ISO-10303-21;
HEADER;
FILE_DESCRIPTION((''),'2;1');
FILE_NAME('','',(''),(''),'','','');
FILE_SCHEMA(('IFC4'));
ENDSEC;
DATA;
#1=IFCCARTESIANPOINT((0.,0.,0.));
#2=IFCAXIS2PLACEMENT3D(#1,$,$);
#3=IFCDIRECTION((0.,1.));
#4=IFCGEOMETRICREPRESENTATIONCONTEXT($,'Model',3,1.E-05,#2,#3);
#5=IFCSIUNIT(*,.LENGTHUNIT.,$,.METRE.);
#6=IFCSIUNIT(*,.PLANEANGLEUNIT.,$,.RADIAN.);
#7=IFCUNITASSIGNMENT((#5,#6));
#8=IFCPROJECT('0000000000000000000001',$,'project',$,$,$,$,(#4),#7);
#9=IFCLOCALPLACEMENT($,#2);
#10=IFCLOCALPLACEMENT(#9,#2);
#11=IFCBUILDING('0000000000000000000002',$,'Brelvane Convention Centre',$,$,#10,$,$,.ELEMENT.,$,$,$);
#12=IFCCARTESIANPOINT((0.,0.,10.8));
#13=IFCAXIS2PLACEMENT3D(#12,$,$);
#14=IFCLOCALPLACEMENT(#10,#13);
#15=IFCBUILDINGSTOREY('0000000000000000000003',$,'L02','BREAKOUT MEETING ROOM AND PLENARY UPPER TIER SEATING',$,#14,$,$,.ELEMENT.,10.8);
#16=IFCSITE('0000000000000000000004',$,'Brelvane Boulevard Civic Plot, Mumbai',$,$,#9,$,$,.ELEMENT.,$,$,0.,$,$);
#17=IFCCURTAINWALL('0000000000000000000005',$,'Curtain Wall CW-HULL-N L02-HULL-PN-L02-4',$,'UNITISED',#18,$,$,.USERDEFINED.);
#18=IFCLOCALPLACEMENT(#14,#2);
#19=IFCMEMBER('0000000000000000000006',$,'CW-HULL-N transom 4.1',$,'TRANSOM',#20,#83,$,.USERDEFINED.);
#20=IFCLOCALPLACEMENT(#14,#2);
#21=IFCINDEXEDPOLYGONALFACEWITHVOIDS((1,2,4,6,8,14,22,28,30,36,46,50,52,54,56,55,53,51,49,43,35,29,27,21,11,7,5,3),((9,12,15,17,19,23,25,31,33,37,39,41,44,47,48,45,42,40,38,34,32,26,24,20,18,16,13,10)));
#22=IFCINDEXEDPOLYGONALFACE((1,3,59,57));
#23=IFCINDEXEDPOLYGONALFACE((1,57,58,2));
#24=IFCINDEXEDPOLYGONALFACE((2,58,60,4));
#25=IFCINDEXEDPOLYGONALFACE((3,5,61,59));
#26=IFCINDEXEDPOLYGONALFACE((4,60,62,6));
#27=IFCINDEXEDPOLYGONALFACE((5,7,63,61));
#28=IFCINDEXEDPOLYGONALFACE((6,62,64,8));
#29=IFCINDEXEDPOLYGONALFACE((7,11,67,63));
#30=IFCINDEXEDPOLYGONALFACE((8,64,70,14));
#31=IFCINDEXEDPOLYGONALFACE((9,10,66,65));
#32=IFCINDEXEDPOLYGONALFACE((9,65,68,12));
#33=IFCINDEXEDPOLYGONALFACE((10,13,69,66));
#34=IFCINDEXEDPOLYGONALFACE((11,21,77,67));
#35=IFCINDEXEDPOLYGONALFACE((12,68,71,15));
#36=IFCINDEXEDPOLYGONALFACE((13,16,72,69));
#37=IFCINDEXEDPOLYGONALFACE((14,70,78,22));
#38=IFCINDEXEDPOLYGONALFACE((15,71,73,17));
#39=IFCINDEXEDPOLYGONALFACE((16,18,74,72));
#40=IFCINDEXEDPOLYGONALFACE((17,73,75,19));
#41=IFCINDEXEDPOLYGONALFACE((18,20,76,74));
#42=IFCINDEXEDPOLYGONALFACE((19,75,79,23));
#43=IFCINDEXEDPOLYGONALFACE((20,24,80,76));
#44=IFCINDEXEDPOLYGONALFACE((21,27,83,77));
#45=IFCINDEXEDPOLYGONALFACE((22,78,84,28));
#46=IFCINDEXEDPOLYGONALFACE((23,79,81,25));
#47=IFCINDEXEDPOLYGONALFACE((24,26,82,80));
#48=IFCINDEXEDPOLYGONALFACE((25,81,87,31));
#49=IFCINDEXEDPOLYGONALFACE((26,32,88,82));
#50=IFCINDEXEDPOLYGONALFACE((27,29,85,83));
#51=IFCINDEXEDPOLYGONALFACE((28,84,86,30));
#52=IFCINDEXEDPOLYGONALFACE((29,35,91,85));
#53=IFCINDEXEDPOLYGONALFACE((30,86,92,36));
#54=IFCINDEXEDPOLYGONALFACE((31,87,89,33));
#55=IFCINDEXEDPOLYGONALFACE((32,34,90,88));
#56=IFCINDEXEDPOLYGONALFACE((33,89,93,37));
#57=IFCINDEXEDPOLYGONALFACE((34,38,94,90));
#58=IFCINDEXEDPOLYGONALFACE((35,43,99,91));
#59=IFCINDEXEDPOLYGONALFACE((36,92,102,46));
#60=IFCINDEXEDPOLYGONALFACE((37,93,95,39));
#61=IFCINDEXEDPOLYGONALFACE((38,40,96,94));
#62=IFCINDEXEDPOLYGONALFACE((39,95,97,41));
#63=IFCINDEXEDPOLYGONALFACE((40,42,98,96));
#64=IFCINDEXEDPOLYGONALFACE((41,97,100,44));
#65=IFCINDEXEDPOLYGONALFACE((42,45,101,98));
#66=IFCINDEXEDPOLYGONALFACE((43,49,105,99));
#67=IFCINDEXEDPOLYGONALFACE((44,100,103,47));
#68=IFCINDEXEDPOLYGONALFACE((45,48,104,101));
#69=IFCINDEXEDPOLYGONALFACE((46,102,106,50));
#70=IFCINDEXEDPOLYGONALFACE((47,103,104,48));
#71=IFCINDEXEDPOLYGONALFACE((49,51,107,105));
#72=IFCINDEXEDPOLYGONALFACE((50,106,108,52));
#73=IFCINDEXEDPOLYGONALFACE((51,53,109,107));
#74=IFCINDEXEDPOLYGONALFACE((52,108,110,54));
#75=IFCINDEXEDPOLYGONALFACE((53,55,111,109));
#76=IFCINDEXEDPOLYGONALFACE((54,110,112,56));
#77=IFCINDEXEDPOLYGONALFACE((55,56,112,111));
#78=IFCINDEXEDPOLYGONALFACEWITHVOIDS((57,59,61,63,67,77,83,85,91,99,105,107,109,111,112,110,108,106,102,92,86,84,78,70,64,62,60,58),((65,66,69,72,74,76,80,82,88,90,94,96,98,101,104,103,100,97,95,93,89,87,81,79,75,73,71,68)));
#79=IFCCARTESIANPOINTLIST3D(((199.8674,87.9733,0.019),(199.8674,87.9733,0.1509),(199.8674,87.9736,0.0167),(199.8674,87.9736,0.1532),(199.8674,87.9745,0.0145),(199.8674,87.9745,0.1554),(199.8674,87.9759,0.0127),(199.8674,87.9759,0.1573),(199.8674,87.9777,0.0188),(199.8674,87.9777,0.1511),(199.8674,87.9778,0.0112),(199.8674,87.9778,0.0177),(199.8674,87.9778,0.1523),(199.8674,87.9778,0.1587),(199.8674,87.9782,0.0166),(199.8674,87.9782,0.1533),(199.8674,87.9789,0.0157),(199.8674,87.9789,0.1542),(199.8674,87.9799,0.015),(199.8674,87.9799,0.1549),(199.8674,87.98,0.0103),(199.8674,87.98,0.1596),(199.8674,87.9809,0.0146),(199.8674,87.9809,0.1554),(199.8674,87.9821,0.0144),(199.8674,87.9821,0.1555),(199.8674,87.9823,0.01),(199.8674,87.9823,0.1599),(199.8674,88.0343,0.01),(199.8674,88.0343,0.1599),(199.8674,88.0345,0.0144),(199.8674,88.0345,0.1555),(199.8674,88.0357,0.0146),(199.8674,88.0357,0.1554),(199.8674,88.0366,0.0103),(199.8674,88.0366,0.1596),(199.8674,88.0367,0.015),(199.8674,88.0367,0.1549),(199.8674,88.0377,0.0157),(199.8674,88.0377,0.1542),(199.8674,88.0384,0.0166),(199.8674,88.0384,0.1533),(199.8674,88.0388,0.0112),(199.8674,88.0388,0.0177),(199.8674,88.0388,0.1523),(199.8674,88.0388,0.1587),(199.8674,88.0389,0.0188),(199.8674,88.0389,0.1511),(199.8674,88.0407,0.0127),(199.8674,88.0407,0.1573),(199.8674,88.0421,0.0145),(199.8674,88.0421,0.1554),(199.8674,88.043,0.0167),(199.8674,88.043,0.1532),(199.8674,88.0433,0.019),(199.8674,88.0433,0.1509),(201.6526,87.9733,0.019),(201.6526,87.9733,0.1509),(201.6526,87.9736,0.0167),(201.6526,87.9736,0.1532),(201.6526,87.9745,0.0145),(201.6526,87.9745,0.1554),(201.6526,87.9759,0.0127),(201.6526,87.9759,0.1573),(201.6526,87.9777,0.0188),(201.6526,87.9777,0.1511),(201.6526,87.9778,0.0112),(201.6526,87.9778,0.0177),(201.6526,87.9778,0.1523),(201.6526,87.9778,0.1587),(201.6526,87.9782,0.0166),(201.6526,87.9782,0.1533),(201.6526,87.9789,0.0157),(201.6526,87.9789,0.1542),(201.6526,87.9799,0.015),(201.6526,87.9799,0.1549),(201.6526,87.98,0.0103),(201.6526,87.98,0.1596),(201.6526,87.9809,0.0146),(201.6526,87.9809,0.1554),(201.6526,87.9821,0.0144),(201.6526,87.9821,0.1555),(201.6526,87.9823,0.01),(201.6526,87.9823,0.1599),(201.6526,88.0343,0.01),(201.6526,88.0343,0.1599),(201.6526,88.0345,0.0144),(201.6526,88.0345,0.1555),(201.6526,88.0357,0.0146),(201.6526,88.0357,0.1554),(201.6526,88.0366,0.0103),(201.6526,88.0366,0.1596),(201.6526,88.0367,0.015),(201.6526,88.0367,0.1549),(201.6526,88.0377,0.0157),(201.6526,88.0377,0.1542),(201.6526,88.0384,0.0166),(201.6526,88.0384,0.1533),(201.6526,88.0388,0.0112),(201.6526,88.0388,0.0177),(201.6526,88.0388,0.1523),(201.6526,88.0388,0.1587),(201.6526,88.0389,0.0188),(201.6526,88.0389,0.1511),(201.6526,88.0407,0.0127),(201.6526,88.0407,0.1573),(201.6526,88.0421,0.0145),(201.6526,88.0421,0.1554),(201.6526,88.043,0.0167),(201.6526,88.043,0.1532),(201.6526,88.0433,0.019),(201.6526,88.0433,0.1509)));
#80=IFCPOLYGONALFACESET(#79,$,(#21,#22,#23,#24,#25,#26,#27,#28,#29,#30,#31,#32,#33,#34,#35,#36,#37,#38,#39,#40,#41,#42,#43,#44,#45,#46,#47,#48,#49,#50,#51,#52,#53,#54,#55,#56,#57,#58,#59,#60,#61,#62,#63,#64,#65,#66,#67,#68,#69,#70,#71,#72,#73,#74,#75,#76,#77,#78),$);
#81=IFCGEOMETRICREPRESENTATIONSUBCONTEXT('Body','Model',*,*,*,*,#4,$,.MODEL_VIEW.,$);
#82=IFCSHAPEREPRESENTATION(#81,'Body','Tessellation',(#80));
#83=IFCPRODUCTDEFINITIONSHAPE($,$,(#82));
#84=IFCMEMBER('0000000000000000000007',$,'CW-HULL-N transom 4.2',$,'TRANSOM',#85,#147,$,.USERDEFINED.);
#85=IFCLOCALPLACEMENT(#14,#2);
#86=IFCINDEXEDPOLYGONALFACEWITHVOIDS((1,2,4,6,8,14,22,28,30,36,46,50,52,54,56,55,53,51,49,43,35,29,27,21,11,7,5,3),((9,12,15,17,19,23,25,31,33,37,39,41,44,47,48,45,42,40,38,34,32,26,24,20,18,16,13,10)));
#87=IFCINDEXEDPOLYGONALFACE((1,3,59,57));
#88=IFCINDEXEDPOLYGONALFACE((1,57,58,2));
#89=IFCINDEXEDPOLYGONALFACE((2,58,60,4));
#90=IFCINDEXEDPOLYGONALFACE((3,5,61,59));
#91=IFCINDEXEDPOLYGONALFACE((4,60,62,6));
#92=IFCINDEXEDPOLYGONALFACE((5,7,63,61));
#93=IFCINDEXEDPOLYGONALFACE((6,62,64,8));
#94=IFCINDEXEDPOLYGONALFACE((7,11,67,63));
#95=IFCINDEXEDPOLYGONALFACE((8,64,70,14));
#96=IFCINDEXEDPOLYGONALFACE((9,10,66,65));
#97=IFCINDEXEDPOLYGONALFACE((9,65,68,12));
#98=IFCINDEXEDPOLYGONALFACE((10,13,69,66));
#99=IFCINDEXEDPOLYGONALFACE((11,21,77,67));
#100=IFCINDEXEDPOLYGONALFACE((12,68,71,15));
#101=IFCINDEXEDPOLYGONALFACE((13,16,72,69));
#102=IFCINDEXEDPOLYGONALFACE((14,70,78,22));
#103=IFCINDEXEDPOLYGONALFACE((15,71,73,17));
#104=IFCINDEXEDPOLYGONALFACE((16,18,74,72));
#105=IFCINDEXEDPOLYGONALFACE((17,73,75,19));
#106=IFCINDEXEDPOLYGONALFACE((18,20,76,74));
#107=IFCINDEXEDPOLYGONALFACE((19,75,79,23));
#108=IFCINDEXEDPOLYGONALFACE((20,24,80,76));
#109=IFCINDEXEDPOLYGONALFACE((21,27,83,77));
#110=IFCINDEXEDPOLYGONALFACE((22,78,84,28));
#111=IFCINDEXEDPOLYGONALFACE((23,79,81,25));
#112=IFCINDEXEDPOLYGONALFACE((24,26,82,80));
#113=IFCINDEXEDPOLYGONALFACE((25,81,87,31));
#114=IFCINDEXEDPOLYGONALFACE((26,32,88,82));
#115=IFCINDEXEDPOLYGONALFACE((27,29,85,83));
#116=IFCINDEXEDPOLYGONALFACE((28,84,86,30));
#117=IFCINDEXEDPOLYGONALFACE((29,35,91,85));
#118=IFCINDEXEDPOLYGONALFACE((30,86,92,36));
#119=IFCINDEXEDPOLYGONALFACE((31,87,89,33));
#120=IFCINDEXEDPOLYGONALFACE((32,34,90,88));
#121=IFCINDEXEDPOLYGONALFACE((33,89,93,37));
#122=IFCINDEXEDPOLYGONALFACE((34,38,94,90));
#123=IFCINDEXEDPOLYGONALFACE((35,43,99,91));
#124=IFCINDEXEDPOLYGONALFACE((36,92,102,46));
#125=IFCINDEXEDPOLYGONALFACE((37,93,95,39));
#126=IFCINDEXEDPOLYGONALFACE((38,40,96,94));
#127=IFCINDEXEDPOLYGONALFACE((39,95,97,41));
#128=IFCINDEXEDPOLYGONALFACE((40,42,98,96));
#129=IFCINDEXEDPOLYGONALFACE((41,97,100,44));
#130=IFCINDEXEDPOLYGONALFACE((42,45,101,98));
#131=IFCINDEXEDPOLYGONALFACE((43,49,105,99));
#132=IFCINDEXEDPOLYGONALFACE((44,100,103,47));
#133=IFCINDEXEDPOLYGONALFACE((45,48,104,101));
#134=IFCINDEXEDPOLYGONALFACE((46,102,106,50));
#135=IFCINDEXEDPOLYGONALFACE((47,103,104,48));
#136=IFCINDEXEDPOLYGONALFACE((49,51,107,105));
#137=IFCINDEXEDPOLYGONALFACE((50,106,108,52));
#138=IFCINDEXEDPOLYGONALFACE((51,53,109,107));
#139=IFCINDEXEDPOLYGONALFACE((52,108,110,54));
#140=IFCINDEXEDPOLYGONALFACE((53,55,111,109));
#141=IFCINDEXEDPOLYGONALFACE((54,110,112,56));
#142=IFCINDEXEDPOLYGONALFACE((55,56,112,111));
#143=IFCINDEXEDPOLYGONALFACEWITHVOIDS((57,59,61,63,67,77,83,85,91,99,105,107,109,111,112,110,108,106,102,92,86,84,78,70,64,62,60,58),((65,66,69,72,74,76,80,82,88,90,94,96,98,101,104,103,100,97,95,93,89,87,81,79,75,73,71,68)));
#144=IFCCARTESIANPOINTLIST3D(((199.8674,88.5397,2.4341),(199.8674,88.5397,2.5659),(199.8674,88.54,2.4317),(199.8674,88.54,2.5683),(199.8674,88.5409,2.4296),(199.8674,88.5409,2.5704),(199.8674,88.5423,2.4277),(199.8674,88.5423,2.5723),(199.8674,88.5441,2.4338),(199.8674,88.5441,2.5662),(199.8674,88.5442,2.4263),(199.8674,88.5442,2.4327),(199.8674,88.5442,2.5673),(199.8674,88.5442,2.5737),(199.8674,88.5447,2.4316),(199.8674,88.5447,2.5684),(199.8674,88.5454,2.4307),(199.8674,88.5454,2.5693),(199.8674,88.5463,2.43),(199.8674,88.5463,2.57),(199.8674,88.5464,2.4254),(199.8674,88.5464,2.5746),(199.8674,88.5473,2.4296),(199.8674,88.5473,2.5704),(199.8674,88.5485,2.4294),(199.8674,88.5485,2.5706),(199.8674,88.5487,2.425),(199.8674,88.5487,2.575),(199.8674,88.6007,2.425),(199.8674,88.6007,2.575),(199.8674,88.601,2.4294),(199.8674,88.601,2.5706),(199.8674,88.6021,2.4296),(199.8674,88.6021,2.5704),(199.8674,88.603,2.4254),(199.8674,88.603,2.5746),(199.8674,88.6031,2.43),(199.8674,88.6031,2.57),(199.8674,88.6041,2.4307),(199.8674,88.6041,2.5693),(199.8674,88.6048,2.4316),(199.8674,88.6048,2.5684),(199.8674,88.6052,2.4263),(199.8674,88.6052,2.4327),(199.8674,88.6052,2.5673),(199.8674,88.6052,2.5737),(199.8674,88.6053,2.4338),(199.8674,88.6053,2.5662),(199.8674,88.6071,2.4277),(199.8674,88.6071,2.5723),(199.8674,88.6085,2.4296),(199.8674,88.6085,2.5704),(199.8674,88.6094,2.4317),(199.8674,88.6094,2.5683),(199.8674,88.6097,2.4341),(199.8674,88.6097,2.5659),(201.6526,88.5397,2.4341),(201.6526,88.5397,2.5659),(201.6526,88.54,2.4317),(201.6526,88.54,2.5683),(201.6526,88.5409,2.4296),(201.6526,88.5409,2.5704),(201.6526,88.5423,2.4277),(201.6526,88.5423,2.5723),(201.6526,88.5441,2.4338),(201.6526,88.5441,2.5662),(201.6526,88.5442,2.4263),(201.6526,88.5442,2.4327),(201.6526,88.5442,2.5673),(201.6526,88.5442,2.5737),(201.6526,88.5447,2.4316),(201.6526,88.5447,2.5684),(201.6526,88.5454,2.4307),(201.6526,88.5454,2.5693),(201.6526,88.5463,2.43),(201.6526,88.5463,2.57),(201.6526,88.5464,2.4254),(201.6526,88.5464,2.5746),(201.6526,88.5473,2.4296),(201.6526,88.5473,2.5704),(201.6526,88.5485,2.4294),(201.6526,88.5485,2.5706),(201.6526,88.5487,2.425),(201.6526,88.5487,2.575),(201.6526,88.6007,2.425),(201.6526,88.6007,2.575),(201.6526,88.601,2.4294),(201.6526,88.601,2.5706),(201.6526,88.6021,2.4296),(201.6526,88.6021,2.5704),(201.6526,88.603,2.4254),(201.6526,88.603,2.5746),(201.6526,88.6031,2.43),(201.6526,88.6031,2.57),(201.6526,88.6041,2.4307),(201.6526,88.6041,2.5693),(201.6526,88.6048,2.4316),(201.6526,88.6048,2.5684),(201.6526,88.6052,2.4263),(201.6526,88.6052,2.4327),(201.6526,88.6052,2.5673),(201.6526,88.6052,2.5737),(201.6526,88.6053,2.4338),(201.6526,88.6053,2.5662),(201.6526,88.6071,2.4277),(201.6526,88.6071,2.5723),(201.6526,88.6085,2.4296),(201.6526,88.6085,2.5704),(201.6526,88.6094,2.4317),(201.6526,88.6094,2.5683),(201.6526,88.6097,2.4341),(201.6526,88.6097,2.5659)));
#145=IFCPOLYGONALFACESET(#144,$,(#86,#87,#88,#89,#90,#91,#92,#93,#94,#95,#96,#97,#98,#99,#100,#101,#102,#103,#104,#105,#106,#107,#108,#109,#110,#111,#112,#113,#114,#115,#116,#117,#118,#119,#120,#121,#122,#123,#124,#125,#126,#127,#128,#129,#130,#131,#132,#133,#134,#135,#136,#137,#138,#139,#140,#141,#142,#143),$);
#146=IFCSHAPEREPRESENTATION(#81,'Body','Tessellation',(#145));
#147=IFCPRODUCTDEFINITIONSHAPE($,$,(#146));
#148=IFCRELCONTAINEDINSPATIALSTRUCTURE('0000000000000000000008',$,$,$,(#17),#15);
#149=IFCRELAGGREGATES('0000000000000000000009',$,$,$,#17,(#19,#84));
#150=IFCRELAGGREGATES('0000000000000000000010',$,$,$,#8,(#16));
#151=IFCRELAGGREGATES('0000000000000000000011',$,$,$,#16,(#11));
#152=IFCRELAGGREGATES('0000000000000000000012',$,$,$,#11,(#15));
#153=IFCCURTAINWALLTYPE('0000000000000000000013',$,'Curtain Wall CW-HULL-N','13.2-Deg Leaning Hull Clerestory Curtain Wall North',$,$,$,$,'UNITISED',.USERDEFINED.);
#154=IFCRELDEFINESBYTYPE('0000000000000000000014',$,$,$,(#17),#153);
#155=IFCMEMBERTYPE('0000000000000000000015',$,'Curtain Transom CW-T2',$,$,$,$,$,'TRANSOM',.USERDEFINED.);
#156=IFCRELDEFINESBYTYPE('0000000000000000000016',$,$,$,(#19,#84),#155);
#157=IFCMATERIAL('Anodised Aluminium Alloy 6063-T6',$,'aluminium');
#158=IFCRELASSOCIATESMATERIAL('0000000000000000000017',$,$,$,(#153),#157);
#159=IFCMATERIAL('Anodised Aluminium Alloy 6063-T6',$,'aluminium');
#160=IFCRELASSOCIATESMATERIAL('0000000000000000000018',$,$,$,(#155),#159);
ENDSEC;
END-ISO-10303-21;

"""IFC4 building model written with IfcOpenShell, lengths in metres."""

from ifc_helpers import new_model, si_unit, direction, frame, origin, origin_2d, place, context, subcontext, project, spatial, hollow_rectangle, extrude, material, material_profile, profile_set, type_object, element, aggregate, save


model = new_model("IFC4")

# Units and contexts
model_context = context("Model", 3, precision=1e-05, world=origin(), true_north=direction((0.0, 1.0)))
body_context = subcontext(model_context, "Body", "Model", "MODEL_VIEW")
ifc_project = project(units=[si_unit("LENGTHUNIT", "METRE"), si_unit("PLANEANGLEUNIT", "RADIAN")], contexts=[model_context])

# Site, building, storey
site_placement = place(None, origin())
site = spatial("IfcSite", under=ifc_project, at=site_placement, Name="Brelvane Boulevard Civic Plot, Mumbai", CompositionType="ELEMENT", RefElevation=0.0)
building_placement = place(site_placement, origin())
building = spatial("IfcBuilding", under=site, at=building_placement, Name="Brelvane Convention Centre", CompositionType="ELEMENT")
storey_placement = place(building_placement, frame((0.0, 0.0, 10.8)))
storey = spatial("IfcBuildingStorey", under=building, at=storey_placement, Name="L02", Description="BREAKOUT MEETING ROOM AND PLENARY UPPER TIER SEATING", CompositionType="ELEMENT", Elevation=10.8)

# Curtain wall
ifc_material_1 = material(Name="Anodised Aluminium Alloy 6063-T6", Category="aluminium")
curtain_wall_type = type_object("IfcCurtainWallType", Name="Curtain Wall CW-HULL-N", Description="13.2-Deg Leaning Hull Clerestory Curtain Wall North", ElementType="UNITISED", PredefinedType="USERDEFINED", material=ifc_material_1)
curtain_wall_1_placement = place(storey_placement, origin())
curtain_wall_1 = element("IfcCurtainWall", 1, at=curtain_wall_1_placement, inside=storey, type_object=curtain_wall_type, Name="Curtain Wall CW-HULL-N L02-HULL-PN-L02-4", ObjectType="UNITISED", PredefinedType="USERDEFINED")

# Members
ifc_material_2 = material(Name="Anodised Aluminium Alloy 6063-T6", Category="aluminium")
ifc_material_profile_1 = material_profile(ifc_material_2, hollow_rectangle(XDim=0.0701, YDim=0.1499, WallThickness=0.0044, InnerFilletRadius=0.0044, OuterFilletRadius=0.009, at=origin_2d()), Name="ALU-T 150x70x4.5")
ifc_profile_set_1 = profile_set([ifc_material_profile_1], Name="Anodised Aluminium Alloy 6063-T6")
member_type_1 = type_object("IfcMemberType", Name="Curtain Transom CW-T2", ElementType="TRANSOM", PredefinedType="USERDEFINED", material=ifc_profile_set_1)
member_1_placement = place(storey_placement, frame((199.8674, 88.0083, 0.085), z_axis=(1.0, 0.0, 0.0), x_axis=(0.0, 1.0, 0.0)))
member_1 = element("IfcMember", 2, at=member_1_placement, type_object=member_type_1, Name="CW-HULL-N transom 4.1", ObjectType="TRANSOM", PredefinedType="USERDEFINED", context=body_context, shape_type="SweptSolid", body=[
    extrude(hollow_rectangle(XDim=0.0701, YDim=0.1499, WallThickness=0.0044, InnerFilletRadius=0.0044, OuterFilletRadius=0.009, at=origin_2d()), origin(), (0.0, 0.0, 1.0), 1.7852),
])
member_2_placement = place(storey_placement, frame((199.8674, 88.5747, 2.5), z_axis=(1.0, 0.0, 0.0), x_axis=(0.0, 1.0, 0.0)))
member_2 = element("IfcMember", 3, at=member_2_placement, type_object=member_type_1, Name="CW-HULL-N transom 4.2", ObjectType="TRANSOM", PredefinedType="USERDEFINED", context=body_context, shape_type="SweptSolid", body=[
    extrude(hollow_rectangle(XDim=0.0701, YDim=0.1499, WallThickness=0.0044, InnerFilletRadius=0.0044, OuterFilletRadius=0.009, at=origin_2d()), origin(), (0.0, 0.0, 1.0), 1.7852),
])

aggregate(curtain_wall_1, [member_1, member_2])

save(model, "model.ifc")
